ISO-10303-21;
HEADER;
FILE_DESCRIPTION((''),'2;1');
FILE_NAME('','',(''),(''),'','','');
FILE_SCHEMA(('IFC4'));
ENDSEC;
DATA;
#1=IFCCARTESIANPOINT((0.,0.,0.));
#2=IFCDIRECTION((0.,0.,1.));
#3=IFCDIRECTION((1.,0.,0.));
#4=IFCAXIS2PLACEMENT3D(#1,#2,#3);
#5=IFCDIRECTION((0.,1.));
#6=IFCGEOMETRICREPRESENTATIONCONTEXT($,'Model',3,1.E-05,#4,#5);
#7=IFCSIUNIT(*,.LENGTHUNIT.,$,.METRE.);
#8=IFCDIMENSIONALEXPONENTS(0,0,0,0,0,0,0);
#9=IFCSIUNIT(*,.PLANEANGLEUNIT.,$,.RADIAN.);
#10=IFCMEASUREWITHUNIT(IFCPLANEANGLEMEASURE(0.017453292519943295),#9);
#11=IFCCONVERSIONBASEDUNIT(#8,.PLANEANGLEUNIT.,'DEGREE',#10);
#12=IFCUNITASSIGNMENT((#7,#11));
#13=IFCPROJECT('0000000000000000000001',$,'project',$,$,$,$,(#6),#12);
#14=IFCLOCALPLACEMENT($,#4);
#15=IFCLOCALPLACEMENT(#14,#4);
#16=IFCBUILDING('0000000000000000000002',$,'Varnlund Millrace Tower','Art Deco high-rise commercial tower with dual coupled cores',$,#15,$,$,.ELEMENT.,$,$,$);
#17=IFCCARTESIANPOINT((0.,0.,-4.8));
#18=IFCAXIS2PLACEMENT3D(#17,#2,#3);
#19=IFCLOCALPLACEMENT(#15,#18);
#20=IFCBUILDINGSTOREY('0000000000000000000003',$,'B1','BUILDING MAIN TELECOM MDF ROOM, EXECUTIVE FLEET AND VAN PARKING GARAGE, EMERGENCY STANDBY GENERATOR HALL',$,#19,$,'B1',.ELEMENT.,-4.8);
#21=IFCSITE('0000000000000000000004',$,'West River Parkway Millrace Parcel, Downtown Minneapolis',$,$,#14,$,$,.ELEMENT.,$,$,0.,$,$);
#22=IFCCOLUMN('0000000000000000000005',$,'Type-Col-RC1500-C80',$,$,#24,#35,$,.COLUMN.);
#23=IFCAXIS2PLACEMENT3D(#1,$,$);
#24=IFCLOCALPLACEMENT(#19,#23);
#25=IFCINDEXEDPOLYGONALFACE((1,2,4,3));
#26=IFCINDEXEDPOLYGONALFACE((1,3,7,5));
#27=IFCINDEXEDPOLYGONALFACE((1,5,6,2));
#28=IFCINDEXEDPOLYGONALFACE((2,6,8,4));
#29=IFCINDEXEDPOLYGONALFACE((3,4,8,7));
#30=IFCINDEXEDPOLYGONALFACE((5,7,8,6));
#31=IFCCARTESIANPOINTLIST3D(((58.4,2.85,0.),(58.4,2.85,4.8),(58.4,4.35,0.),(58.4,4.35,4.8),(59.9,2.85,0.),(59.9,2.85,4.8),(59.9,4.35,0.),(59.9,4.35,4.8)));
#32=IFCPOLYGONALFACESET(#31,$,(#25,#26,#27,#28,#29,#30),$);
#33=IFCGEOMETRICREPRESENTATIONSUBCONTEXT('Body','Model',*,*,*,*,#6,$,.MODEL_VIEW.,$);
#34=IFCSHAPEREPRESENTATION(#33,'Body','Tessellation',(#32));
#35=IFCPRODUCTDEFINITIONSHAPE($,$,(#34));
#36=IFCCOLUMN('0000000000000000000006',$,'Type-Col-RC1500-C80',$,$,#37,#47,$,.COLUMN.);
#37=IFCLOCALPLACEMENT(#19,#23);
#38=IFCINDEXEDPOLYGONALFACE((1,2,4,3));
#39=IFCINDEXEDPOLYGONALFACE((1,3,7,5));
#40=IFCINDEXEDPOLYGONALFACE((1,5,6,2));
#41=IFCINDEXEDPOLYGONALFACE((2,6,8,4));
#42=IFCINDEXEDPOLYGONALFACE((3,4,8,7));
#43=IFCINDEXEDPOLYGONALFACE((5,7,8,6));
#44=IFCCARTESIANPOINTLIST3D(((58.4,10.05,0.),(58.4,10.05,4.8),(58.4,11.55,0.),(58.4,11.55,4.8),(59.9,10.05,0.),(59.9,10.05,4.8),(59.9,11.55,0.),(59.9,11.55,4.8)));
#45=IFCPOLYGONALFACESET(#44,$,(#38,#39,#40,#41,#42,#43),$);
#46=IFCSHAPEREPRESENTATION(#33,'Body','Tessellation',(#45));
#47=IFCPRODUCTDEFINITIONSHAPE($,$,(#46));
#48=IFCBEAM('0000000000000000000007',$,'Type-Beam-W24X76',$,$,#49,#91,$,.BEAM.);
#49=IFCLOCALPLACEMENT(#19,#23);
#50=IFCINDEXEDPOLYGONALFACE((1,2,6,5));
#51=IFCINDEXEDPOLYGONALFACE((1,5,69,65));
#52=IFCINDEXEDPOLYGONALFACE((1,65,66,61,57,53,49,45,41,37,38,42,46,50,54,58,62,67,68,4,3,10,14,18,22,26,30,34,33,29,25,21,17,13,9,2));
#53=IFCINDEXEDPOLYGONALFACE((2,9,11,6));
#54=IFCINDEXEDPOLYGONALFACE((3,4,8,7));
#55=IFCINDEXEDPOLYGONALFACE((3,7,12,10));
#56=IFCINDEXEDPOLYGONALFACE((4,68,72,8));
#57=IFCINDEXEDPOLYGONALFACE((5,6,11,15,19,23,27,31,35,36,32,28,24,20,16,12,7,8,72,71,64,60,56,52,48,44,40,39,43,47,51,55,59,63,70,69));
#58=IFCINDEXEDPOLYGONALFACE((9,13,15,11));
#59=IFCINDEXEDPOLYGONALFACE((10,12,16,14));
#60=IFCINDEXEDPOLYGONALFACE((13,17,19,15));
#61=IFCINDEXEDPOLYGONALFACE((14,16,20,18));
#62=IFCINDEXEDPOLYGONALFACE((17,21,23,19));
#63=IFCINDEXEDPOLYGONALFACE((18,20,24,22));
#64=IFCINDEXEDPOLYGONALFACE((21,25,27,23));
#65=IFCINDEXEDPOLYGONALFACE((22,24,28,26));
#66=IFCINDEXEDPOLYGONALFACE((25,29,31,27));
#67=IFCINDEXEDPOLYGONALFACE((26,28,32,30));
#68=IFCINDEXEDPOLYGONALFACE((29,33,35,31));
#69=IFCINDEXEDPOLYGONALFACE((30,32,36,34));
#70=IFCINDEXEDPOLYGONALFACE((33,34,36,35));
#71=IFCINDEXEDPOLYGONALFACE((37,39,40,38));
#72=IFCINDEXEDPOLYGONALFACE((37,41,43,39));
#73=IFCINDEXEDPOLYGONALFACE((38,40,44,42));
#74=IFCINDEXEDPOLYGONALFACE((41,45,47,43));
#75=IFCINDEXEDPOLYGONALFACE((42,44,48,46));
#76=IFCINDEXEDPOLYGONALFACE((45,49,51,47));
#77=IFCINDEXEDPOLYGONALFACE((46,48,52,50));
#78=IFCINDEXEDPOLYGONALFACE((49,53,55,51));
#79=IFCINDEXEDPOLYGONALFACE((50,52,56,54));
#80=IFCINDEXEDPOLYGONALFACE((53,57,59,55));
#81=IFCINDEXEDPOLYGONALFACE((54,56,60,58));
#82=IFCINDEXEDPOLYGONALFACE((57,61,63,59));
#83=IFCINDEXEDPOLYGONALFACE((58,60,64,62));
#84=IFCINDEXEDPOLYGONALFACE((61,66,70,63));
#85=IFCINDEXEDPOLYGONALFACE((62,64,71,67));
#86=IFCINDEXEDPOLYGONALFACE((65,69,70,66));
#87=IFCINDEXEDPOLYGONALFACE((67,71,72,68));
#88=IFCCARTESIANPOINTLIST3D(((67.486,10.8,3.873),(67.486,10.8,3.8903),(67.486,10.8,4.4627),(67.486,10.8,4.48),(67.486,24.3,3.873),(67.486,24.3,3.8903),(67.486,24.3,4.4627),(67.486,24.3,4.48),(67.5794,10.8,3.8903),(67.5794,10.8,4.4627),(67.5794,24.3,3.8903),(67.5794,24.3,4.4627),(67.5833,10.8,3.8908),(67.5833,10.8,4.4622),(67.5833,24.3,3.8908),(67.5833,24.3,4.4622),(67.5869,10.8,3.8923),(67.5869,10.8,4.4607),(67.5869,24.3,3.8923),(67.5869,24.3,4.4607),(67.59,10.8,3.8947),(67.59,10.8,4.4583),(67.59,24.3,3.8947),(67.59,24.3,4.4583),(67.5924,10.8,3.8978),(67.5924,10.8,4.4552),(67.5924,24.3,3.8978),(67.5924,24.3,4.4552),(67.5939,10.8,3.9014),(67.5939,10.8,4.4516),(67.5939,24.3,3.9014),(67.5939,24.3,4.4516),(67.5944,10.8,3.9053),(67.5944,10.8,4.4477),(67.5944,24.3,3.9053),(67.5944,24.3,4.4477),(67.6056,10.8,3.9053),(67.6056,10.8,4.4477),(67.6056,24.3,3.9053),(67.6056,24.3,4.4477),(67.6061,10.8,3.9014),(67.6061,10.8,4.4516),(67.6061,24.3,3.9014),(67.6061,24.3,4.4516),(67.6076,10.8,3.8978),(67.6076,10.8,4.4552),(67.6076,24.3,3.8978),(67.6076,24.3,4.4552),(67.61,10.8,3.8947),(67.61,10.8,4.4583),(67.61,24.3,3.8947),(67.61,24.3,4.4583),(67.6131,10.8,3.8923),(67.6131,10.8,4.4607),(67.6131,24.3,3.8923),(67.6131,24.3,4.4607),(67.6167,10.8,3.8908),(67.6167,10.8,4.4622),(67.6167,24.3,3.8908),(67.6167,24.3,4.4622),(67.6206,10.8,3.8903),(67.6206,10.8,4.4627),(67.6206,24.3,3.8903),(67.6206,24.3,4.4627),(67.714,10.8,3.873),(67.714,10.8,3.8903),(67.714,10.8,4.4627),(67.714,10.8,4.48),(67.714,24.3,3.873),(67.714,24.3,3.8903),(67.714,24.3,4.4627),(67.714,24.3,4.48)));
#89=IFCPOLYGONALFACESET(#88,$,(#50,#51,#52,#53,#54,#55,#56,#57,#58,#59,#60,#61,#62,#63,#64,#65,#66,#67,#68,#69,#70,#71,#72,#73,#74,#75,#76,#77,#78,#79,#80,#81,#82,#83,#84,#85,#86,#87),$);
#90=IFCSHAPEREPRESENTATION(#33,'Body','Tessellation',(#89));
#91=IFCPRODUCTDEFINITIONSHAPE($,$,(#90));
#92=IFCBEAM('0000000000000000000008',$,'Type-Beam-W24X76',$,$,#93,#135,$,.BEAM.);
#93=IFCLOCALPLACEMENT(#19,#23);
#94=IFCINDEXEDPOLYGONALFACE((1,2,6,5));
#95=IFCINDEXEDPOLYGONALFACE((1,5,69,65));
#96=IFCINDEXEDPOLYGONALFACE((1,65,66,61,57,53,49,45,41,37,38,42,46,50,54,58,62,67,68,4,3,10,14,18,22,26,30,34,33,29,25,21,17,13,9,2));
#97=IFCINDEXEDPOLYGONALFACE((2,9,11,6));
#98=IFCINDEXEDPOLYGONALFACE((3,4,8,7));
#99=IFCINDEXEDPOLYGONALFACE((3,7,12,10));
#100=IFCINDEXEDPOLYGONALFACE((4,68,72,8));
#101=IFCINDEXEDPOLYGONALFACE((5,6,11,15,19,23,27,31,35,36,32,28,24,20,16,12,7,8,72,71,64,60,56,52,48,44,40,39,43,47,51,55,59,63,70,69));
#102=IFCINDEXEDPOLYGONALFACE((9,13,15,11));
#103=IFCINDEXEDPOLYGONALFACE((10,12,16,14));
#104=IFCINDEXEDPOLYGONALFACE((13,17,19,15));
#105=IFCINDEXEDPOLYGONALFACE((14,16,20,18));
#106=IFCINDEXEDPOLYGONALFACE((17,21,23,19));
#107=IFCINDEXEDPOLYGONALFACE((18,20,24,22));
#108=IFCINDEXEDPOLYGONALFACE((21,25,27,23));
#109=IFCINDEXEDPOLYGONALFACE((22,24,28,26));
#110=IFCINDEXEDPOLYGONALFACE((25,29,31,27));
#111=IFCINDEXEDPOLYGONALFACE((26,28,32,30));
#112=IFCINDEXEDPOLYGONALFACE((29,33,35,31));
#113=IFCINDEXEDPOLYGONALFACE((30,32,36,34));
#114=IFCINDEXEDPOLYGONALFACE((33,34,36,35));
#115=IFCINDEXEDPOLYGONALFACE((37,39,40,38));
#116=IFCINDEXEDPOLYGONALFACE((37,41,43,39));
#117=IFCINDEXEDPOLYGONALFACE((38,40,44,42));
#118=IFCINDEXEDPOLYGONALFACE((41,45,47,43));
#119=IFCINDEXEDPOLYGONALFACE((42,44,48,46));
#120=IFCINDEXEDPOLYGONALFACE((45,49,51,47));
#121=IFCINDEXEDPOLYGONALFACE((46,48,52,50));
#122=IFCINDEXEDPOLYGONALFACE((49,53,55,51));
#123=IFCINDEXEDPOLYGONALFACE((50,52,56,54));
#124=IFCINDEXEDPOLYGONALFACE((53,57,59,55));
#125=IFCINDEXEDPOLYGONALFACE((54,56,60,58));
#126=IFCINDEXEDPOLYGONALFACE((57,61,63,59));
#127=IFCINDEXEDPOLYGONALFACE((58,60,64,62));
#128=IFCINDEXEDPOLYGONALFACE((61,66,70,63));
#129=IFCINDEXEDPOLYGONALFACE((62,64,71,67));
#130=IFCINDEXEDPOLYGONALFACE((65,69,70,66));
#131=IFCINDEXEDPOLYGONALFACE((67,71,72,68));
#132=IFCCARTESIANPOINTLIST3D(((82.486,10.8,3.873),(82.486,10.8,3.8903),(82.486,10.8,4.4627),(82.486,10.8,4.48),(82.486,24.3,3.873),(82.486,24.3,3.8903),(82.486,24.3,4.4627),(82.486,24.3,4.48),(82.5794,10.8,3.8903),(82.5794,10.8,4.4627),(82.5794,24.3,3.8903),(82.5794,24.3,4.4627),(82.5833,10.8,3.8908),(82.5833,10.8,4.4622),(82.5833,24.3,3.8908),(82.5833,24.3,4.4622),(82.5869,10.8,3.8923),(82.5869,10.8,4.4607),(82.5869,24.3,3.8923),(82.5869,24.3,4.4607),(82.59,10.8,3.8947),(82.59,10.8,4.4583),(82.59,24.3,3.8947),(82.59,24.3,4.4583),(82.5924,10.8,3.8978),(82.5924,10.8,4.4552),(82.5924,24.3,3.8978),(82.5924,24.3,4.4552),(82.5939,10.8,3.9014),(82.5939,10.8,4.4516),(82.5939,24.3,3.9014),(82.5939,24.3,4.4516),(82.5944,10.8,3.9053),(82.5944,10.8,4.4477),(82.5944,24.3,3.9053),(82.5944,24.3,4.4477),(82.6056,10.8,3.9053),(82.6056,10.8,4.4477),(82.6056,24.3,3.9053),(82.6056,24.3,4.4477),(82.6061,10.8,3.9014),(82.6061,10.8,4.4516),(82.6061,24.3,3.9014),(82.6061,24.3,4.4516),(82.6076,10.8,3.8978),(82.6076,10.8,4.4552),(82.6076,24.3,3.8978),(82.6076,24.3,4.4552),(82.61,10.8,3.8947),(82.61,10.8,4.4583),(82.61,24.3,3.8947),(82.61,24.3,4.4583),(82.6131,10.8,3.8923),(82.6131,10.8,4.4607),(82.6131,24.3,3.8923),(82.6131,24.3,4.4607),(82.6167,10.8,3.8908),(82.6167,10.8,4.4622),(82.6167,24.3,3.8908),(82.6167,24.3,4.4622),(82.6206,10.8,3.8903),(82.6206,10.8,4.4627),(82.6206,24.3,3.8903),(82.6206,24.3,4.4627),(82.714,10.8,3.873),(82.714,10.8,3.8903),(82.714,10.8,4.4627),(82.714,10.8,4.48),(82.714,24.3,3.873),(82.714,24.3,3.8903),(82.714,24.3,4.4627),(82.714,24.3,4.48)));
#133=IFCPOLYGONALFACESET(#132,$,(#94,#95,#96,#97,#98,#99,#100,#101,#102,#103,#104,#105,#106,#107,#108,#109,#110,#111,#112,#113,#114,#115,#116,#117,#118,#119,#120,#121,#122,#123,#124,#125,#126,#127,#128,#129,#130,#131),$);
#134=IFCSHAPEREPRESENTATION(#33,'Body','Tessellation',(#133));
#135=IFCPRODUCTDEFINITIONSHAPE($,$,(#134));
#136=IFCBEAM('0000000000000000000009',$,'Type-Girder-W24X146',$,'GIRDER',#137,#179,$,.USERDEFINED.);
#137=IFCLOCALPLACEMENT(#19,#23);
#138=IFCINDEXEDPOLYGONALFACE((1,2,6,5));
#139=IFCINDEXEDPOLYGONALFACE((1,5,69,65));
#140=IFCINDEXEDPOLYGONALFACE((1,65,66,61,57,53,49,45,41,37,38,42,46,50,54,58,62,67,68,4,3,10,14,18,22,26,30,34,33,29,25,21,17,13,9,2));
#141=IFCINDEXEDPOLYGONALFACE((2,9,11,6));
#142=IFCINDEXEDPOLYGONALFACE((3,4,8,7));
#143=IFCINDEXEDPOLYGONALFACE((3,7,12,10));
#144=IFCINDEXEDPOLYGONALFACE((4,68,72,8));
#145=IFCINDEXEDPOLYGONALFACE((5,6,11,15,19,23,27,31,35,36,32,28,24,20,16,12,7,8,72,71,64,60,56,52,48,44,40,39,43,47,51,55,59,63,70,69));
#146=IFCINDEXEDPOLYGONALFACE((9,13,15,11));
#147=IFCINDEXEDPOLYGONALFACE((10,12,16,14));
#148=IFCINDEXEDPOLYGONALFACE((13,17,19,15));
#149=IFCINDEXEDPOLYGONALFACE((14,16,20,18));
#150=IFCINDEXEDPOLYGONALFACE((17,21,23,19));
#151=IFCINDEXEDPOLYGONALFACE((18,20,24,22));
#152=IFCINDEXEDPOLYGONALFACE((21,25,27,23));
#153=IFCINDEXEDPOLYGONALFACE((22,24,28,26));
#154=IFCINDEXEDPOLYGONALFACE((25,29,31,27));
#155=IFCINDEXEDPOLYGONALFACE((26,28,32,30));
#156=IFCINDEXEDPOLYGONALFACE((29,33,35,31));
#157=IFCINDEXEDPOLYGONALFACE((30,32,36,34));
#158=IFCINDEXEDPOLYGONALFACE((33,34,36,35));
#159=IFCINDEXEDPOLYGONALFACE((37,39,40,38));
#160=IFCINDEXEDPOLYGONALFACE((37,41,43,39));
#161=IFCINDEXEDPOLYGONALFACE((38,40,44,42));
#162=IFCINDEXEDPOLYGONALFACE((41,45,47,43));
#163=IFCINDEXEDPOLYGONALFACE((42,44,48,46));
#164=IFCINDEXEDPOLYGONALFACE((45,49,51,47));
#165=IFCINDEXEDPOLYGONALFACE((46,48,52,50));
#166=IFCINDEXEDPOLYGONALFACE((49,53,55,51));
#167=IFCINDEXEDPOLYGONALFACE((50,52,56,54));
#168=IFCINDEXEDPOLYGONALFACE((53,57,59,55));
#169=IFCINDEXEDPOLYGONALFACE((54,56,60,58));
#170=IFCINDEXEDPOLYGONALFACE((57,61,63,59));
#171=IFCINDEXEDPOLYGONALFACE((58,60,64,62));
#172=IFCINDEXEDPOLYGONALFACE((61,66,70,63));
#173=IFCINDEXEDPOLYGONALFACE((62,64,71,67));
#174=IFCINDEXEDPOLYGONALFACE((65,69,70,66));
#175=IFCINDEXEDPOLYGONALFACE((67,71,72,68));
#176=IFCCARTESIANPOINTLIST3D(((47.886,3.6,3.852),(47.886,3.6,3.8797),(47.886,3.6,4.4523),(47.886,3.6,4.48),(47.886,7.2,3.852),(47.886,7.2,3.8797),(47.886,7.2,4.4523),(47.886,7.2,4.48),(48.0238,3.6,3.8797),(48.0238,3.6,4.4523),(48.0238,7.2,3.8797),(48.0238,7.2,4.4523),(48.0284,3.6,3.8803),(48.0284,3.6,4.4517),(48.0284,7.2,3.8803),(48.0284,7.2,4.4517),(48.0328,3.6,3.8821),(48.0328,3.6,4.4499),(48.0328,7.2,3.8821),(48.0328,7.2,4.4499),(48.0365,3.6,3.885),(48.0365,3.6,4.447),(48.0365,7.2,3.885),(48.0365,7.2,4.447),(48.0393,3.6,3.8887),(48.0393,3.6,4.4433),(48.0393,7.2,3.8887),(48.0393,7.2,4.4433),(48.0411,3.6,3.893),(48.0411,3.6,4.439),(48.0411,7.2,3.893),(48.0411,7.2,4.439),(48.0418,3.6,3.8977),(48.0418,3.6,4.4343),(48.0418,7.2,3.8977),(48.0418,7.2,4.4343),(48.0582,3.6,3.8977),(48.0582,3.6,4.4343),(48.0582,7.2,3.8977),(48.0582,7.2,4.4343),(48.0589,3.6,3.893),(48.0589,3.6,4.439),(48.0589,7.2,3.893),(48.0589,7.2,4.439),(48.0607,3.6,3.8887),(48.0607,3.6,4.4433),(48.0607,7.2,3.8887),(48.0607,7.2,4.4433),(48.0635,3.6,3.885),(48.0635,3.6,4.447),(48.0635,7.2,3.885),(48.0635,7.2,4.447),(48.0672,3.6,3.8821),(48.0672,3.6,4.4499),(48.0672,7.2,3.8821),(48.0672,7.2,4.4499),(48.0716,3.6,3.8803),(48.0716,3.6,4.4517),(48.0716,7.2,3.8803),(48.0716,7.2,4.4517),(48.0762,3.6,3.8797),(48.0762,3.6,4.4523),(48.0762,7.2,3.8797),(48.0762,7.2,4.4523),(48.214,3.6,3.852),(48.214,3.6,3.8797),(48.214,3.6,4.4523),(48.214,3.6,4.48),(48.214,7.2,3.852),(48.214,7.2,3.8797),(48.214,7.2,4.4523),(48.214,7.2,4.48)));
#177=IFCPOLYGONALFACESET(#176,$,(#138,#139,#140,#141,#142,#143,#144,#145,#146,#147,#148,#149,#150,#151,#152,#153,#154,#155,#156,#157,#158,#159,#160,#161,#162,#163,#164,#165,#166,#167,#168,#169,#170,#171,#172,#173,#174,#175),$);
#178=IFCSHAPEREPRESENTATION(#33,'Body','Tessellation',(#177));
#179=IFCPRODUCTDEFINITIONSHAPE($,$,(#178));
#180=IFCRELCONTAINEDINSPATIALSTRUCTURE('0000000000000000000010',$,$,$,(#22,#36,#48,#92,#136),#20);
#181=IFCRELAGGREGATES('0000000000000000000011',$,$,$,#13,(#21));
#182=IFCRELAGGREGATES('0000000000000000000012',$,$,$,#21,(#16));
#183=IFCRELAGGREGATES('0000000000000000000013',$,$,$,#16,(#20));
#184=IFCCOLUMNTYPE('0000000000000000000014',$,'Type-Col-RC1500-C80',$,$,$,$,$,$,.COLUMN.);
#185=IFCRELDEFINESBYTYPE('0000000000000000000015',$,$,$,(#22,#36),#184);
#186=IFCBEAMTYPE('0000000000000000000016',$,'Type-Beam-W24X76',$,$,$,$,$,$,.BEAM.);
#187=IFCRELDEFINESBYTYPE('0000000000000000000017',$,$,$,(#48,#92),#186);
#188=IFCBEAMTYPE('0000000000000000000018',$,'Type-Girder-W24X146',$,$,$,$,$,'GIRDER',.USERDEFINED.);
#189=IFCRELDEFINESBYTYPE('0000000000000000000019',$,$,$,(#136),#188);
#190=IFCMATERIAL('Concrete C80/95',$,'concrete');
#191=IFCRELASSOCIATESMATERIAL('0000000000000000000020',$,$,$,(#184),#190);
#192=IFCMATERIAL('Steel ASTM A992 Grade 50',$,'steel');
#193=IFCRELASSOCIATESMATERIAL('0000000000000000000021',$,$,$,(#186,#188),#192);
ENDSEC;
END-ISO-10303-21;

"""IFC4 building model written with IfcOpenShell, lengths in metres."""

from ifc_helpers import new_model, entity, si_unit, converted_unit, direction, frame, origin_with_axes, origin_2d_with_axis, place, context, subcontext, project, spatial, rectangle, i_section, extrude, material, material_profile, profile_set, type_object, element, save


model = new_model("IFC4")

# Units and contexts
model_context = context("Model", 3, precision=1e-05, world=origin_with_axes(), true_north=direction((0.0, 1.0)))
body_context = subcontext(model_context, "Body", "Model", "MODEL_VIEW")
ifc_project = project(units=[si_unit("LENGTHUNIT", "METRE"), converted_unit("PLANEANGLEUNIT", "DEGREE", entity("IfcPlaneAngleMeasure", 0.017453292519943295), si_unit("PLANEANGLEUNIT", "RADIAN"), dimensions=[0, 0, 0, 0, 0, 0, 0])], contexts=[model_context])

# Site, building, storey
site_placement = place(None, origin_with_axes())
site = spatial("IfcSite", under=ifc_project, at=site_placement, Name="West River Parkway Millrace Parcel, Downtown Minneapolis", CompositionType="ELEMENT", RefElevation=0.0)
building_placement = place(site_placement, origin_with_axes())
building = spatial("IfcBuilding", under=site, at=building_placement, Name="Varnlund Millrace Tower", Description="Art Deco high-rise commercial tower with dual coupled cores", CompositionType="ELEMENT")
storey_placement = place(building_placement, frame((0.0, 0.0, -4.8), z_axis=(0.0, 0.0, 1.0), x_axis=(1.0, 0.0, 0.0)))
storey = spatial("IfcBuildingStorey", under=building, at=storey_placement, Name="B1", Description="BUILDING MAIN TELECOM MDF ROOM, EXECUTIVE FLEET AND VAN PARKING GARAGE, EMERGENCY STANDBY GENERATOR HALL", LongName="B1", CompositionType="ELEMENT", Elevation=-4.8)

# Columns
ifc_material_1 = material(Name="Concrete C80/95", Category="concrete")
ifc_material_profile_1 = material_profile(ifc_material_1, rectangle(XDim=1.5, YDim=1.5, at=origin_2d_with_axis()), Name="Concrete C80/95")
ifc_profile_set_1 = profile_set([ifc_material_profile_1], Name="Concrete C80/95")
column_type_1 = type_object("IfcColumnType", Name="Type-Col-RC1500-C80", PredefinedType="COLUMN", material=ifc_profile_set_1)
for number, where, z_axis, x_axis, name in (
    (1, (59.15, 3.6, 0.0), (0.0, 0.0, 1.0), (1.0, 0.0, 0.0), "Type-Col-RC1500-C80"),
    (2, (59.15, 10.8, 0.0), (0.0, 0.0, 1.0), (1.0, 0.0, 0.0), "Type-Col-RC1500-C80"),
):
    element("IfcColumn", number, at=place(storey_placement, frame(where, z_axis=z_axis, x_axis=x_axis)), inside=storey, type_object=column_type_1, Name=name, PredefinedType="COLUMN", context=body_context, shape_type="SweptSolid", body=[
        extrude(rectangle(XDim=1.5, YDim=1.5, at=origin_2d_with_axis()), origin_with_axes(), (0.0, 0.0, 1.0), 4.8),
    ])

# Beams
ifc_material_2 = material(Name="Steel ASTM A992 Grade 50", Category="steel")
ifc_material_profile_2 = material_profile(ifc_material_2, i_section(OverallWidth=0.228, OverallDepth=0.607, WebThickness=0.0112, FlangeThickness=0.0173, FilletRadius=0.015, at=origin_2d_with_axis()), Name="Steel ASTM A992 Grade 50")
ifc_profile_set_2 = profile_set([ifc_material_profile_2], Name="Steel ASTM A992 Grade 50")
beam_type_1 = type_object("IfcBeamType", Name="Type-Beam-W24X76", PredefinedType="BEAM", material=ifc_profile_set_2)
for number, where, z_axis, x_axis, name in (
    (3, (67.6, 10.8, 4.1765), (0.0, 1.0, 0.0), (-1.0, 0.0, 0.0), "Type-Beam-W24X76"),
    (4, (82.6, 10.8, 4.1765), (0.0, 1.0, 0.0), (-1.0, 0.0, 0.0), "Type-Beam-W24X76"),
):
    element("IfcBeam", number, at=place(storey_placement, frame(where, z_axis=z_axis, x_axis=x_axis)), inside=storey, type_object=beam_type_1, Name=name, PredefinedType="BEAM", context=body_context, shape_type="SweptSolid", body=[
        extrude(i_section(OverallWidth=0.228, OverallDepth=0.607, WebThickness=0.0112, FlangeThickness=0.0173, FilletRadius=0.015, at=origin_2d_with_axis()), origin_with_axes(), (0.0, 0.0, 1.0), 13.5),
    ])
ifc_material_profile_3 = material_profile(ifc_material_2, i_section(OverallWidth=0.328, OverallDepth=0.628, WebThickness=0.0165, FlangeThickness=0.0277, FilletRadius=0.018, at=origin_2d_with_axis()), Name="Steel ASTM A992 Grade 50")
ifc_profile_set_3 = profile_set([ifc_material_profile_3], Name="Steel ASTM A992 Grade 50")
beam_type_2 = type_object("IfcBeamType", Name="Type-Girder-W24X146", ElementType="GIRDER", PredefinedType="USERDEFINED", material=ifc_profile_set_3)
beam_1_placement = place(storey_placement, frame((48.05, 3.6, 4.166), z_axis=(0.0, 1.0, 0.0), x_axis=(-1.0, 0.0, 0.0)))
element("IfcBeam", 5, at=beam_1_placement, inside=storey, type_object=beam_type_2, Name="Type-Girder-W24X146", ObjectType="GIRDER", PredefinedType="USERDEFINED", context=body_context, shape_type="SweptSolid", body=[
    extrude(i_section(OverallWidth=0.328, OverallDepth=0.628, WebThickness=0.0165, FlangeThickness=0.0277, FilletRadius=0.018, at=origin_2d_with_axis()), origin_with_axes(), (0.0, 0.0, 1.0), 3.6),
])

save(model, "model.ifc")
